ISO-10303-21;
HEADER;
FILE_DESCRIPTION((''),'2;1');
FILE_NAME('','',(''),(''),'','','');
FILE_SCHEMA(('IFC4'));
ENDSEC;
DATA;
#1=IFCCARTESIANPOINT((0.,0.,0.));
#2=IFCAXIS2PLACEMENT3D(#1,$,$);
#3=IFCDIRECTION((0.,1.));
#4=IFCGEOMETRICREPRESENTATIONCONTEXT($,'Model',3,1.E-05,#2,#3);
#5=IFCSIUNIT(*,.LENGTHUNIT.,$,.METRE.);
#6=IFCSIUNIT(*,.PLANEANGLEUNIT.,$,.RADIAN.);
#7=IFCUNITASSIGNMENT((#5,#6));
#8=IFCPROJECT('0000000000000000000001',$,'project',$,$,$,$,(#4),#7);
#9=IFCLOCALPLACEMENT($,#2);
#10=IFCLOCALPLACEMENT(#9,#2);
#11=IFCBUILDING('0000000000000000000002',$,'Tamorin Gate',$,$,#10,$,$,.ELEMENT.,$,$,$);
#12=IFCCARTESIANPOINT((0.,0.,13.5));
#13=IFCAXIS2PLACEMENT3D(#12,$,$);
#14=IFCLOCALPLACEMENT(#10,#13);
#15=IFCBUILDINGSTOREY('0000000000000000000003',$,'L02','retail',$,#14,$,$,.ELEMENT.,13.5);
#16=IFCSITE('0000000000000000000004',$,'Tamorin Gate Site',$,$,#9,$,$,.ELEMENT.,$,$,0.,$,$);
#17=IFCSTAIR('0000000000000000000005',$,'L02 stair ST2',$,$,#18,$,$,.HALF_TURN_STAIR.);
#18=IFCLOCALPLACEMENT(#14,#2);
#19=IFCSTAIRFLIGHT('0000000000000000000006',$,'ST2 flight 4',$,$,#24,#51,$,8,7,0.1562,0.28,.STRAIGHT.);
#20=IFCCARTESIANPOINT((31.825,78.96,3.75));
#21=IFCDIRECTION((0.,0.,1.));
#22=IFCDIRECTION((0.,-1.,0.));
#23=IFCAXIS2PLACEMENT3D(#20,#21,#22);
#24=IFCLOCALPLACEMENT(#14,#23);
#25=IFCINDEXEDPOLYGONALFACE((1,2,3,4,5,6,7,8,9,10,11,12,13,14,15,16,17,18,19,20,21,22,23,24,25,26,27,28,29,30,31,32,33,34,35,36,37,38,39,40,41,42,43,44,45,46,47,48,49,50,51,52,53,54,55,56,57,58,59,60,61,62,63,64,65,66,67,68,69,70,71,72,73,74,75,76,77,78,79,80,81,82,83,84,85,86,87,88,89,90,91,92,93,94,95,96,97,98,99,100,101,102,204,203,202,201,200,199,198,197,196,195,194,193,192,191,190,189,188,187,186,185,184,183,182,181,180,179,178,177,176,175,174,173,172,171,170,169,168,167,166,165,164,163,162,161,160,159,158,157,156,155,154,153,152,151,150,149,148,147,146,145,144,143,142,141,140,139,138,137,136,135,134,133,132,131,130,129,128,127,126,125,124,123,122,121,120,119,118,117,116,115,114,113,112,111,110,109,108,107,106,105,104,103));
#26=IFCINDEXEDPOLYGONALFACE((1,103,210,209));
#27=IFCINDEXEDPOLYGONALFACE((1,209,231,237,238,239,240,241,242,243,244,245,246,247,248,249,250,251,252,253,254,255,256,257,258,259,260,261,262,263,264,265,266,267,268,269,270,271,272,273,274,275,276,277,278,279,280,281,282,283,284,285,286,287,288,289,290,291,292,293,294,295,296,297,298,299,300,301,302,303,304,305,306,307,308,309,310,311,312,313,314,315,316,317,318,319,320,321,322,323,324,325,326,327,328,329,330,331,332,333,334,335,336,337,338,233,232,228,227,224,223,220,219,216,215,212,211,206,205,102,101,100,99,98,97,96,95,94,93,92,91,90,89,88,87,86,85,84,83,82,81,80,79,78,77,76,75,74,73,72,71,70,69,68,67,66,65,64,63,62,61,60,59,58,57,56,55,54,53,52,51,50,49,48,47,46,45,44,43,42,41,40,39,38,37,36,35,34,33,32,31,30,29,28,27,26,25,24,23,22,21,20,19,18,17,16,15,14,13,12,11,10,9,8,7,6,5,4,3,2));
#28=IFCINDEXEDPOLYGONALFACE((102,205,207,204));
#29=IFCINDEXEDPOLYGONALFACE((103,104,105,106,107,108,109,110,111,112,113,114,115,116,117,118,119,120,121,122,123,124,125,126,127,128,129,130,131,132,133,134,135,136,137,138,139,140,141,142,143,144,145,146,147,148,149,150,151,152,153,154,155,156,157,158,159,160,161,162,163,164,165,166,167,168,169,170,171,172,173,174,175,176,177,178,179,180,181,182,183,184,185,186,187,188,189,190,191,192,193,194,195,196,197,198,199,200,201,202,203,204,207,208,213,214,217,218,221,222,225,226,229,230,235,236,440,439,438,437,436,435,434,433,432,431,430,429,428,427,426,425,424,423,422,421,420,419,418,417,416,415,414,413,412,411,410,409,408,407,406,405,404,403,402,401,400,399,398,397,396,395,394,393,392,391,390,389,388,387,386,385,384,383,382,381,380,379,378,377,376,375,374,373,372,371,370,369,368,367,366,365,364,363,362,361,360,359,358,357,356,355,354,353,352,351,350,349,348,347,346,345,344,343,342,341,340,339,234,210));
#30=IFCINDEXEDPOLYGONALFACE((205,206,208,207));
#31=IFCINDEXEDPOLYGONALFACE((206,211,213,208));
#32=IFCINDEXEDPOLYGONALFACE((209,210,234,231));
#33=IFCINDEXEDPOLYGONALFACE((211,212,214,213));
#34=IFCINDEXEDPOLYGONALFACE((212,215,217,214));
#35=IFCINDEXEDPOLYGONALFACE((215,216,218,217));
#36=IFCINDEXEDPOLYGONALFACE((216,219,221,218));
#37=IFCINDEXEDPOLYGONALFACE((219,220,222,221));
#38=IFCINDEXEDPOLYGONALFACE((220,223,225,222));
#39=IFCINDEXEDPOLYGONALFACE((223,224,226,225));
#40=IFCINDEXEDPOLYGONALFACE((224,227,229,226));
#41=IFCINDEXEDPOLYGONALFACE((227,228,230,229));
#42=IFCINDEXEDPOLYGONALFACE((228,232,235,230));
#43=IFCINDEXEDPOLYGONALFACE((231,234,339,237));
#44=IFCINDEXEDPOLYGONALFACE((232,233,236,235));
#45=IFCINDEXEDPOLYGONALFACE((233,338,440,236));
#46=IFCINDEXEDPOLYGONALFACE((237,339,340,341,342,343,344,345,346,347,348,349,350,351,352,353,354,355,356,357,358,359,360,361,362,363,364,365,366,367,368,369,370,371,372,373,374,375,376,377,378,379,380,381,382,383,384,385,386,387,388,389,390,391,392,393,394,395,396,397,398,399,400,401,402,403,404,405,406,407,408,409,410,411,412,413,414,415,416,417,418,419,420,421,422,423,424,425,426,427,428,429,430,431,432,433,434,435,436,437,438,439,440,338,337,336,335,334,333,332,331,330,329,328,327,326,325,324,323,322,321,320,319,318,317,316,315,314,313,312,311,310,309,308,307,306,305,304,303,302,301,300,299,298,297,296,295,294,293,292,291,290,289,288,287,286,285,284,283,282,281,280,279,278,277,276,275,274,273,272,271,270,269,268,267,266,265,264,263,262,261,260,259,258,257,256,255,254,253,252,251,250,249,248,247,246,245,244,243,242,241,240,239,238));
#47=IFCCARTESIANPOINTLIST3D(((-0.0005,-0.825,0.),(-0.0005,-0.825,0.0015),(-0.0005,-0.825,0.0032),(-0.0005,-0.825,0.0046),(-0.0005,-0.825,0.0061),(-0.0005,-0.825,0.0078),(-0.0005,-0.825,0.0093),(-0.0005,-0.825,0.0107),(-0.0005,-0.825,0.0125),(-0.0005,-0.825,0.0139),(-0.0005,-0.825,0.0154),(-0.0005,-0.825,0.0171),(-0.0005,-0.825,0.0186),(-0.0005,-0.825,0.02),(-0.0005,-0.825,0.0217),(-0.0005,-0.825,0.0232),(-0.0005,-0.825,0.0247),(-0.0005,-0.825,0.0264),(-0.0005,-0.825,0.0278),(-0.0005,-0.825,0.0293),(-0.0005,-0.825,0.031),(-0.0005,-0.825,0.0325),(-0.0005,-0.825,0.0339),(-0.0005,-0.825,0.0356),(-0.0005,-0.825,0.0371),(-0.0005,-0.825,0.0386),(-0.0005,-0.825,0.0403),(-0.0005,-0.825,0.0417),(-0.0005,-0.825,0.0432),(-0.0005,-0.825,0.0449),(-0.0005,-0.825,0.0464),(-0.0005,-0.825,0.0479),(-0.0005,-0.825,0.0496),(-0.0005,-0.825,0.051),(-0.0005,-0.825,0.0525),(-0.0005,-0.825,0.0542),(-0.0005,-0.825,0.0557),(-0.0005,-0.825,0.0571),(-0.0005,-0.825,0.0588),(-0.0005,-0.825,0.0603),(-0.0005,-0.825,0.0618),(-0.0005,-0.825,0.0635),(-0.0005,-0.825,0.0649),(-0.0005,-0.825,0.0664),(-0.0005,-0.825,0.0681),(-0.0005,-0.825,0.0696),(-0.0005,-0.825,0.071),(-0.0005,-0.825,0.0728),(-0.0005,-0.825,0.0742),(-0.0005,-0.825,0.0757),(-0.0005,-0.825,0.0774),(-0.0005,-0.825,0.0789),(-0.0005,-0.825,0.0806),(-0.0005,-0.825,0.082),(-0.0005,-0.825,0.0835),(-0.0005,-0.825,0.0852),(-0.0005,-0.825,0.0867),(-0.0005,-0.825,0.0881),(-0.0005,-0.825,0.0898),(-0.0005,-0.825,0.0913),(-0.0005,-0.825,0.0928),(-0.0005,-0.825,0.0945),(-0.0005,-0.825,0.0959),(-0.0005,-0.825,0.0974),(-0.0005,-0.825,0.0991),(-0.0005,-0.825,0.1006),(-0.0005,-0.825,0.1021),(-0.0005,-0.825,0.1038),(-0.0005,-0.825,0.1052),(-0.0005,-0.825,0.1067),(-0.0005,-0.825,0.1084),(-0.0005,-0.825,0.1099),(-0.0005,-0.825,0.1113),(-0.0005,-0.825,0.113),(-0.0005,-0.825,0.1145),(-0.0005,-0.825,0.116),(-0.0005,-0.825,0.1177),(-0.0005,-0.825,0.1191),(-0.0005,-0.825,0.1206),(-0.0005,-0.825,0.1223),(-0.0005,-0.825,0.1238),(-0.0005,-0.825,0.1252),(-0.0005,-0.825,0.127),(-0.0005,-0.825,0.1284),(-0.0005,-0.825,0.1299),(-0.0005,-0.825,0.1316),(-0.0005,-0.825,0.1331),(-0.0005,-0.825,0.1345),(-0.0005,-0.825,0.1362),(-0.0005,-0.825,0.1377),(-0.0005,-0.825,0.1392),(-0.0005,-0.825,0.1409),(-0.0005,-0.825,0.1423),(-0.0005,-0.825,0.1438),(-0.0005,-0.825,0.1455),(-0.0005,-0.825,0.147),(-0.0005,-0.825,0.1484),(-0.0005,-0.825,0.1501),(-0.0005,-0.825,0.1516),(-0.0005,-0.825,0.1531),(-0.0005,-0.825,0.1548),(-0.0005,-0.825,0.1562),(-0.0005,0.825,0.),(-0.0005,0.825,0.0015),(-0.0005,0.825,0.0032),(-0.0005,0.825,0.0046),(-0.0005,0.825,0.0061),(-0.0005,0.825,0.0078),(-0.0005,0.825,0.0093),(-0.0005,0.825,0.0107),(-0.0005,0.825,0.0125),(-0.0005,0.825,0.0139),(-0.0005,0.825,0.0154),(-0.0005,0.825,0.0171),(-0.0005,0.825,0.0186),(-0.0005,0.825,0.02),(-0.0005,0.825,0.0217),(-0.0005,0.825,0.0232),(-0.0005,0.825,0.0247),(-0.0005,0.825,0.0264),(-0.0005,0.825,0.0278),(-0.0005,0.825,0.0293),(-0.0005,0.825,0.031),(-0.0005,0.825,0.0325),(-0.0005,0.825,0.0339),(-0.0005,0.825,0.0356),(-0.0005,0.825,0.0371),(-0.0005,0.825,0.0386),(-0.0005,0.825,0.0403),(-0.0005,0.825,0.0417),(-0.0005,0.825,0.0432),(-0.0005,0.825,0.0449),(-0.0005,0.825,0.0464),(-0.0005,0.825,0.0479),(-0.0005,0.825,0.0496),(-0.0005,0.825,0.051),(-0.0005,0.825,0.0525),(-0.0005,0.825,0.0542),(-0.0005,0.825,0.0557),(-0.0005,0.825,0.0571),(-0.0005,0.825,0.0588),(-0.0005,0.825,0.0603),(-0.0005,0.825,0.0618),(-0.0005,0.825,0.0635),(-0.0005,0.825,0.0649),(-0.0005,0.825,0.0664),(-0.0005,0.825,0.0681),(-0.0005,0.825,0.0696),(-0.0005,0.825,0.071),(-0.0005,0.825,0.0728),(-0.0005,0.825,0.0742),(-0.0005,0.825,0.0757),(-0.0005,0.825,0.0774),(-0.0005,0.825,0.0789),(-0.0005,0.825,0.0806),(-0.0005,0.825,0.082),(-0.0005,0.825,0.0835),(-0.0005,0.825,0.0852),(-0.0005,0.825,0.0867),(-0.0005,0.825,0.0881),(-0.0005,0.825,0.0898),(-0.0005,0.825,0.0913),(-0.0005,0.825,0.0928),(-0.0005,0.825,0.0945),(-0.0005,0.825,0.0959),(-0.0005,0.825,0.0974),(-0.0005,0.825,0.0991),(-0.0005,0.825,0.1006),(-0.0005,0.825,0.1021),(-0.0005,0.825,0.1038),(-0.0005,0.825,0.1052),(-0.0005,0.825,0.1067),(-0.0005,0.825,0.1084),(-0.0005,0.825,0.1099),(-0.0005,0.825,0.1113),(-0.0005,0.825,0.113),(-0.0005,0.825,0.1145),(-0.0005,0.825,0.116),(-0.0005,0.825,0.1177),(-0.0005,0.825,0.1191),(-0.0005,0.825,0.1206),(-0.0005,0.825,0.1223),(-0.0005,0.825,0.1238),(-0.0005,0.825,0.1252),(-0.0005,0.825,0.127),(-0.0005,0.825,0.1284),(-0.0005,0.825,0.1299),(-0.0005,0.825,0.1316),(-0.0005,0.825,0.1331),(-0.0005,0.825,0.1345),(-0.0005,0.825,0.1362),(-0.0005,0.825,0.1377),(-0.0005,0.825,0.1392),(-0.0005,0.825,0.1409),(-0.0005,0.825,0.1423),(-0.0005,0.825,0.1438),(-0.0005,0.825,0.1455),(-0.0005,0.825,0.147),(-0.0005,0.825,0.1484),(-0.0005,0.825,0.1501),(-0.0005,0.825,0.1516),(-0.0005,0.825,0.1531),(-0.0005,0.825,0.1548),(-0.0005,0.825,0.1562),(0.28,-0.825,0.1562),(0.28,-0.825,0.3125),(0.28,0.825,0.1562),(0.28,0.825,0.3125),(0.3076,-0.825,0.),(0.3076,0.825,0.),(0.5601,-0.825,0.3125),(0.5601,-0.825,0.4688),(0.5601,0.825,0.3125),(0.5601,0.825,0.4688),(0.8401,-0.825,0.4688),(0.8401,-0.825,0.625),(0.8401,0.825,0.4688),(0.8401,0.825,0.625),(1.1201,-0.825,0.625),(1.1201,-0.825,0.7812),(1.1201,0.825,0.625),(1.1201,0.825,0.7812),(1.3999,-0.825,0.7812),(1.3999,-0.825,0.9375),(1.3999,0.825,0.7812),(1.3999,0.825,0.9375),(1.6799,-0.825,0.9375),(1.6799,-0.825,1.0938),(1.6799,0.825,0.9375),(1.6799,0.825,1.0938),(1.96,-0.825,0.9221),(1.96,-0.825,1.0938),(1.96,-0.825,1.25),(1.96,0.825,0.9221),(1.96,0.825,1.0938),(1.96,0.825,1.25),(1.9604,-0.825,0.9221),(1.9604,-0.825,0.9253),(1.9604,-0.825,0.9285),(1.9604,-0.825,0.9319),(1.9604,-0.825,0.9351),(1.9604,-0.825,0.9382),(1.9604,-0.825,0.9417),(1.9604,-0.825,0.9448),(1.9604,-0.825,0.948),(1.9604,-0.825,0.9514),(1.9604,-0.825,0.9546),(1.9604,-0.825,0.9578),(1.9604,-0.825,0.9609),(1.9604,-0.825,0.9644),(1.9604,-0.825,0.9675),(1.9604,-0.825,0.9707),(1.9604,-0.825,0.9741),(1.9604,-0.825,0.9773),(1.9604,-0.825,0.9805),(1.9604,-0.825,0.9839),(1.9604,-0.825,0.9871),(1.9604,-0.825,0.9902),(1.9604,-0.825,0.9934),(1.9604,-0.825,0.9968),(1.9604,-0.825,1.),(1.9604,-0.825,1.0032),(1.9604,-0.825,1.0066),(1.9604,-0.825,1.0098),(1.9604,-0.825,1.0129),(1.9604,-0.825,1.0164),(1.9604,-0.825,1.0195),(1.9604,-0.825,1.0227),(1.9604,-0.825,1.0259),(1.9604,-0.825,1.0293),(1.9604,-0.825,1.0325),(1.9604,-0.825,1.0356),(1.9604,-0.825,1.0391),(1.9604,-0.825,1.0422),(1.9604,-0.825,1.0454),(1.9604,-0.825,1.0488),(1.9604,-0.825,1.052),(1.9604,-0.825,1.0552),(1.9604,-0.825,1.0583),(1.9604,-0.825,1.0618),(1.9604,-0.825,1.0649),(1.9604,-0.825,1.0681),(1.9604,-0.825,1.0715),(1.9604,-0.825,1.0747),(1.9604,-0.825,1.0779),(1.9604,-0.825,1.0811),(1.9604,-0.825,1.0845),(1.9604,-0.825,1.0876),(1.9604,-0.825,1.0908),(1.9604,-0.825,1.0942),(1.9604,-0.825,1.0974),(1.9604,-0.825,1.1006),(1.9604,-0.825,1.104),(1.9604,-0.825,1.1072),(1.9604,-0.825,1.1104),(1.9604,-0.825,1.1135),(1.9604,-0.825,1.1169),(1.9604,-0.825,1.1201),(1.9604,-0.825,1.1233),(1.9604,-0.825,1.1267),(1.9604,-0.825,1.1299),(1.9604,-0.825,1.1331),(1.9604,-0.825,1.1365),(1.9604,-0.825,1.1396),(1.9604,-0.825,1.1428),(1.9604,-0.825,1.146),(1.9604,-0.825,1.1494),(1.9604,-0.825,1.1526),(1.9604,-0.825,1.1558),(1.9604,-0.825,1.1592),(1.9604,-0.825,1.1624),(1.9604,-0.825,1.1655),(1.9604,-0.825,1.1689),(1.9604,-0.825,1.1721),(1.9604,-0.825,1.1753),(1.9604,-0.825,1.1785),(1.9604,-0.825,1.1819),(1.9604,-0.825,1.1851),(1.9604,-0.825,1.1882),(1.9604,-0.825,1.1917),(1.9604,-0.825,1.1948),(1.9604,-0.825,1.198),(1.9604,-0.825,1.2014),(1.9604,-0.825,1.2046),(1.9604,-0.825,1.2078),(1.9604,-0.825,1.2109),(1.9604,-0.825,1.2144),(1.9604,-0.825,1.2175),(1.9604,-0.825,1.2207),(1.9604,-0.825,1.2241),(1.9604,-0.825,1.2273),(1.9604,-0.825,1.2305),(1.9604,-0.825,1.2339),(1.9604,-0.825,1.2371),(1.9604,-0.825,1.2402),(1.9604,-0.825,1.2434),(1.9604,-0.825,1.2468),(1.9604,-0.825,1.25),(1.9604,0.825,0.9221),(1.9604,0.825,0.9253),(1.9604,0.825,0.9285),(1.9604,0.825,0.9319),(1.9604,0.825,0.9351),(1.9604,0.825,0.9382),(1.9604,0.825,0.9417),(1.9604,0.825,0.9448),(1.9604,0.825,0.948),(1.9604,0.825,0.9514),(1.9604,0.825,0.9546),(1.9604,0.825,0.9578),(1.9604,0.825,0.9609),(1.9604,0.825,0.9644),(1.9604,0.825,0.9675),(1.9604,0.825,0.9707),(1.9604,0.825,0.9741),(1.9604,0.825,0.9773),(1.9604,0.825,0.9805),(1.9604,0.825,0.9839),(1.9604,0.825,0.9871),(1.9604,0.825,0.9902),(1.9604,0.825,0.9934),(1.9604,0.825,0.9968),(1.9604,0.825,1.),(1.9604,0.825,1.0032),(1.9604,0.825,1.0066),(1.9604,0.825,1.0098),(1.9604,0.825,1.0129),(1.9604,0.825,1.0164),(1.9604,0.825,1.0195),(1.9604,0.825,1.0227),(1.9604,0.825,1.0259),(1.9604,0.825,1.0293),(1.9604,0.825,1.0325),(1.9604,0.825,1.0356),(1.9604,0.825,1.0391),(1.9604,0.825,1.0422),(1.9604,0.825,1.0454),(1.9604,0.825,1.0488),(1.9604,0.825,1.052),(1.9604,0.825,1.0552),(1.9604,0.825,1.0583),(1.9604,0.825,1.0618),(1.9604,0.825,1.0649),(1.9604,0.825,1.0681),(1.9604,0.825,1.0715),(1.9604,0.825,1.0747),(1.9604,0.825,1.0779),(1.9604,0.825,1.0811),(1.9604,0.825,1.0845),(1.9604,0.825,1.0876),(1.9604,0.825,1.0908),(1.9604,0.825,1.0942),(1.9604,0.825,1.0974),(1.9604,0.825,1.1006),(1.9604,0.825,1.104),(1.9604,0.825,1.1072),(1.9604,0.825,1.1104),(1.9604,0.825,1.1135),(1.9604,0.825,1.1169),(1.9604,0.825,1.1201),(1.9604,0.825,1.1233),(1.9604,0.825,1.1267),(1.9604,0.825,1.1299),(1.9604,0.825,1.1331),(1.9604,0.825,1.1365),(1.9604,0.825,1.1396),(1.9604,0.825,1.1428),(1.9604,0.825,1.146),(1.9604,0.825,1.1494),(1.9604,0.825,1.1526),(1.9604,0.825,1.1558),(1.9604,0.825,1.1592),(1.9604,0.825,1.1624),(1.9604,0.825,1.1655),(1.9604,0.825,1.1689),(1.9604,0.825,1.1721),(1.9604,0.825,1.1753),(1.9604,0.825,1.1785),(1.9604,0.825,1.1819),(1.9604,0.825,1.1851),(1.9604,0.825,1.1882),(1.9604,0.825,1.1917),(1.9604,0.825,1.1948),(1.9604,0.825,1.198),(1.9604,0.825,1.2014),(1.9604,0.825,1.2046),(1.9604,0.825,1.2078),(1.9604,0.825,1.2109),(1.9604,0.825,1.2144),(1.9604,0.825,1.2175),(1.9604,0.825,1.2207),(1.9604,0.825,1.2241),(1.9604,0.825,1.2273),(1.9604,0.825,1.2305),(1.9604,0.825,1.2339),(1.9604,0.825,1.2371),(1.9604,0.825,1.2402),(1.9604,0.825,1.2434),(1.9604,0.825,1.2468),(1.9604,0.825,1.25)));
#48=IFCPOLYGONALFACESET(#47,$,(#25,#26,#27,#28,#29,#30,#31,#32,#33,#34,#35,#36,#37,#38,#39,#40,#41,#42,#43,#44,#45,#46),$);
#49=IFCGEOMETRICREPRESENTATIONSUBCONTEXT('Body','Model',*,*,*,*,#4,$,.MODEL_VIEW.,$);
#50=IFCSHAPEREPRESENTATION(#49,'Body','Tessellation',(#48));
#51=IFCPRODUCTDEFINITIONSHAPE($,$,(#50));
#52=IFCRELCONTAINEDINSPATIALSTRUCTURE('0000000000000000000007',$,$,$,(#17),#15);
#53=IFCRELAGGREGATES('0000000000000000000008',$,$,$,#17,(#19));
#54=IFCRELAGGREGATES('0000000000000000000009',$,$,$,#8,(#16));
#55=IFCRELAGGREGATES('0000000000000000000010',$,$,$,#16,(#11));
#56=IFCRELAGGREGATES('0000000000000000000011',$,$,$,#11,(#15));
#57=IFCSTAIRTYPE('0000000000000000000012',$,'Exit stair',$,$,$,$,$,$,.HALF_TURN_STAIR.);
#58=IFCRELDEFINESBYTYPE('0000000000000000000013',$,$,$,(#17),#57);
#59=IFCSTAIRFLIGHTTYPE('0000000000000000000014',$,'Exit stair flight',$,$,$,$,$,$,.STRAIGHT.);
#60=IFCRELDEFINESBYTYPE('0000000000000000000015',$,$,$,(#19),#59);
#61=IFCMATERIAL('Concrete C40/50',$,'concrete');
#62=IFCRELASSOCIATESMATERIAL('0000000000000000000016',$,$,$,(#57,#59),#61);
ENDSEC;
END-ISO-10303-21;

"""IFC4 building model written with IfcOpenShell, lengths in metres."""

from ifc_helpers import new_model, si_unit, direction, frame, origin, place, context, subcontext, project, spatial, polyline, outline, extrude, material, type_object, element, aggregate, save


model = new_model("IFC4")

# Units and contexts
model_context = context("Model", 3, precision=1e-05, world=origin(), true_north=direction((0.0, 1.0)))
body_context = subcontext(model_context, "Body", "Model", "MODEL_VIEW")
ifc_project = project(units=[si_unit("LENGTHUNIT", "METRE"), si_unit("PLANEANGLEUNIT", "RADIAN")], contexts=[model_context])

# Site, building, storey
site_placement = place(None, origin())
site = spatial("IfcSite", under=ifc_project, at=site_placement, Name="Tamorin Gate Site", CompositionType="ELEMENT", RefElevation=0.0)
building_placement = place(site_placement, origin())
building = spatial("IfcBuilding", under=site, at=building_placement, Name="Tamorin Gate", CompositionType="ELEMENT")
storey_placement = place(building_placement, frame((0.0, 0.0, 13.5)))
storey = spatial("IfcBuildingStorey", under=building, at=storey_placement, Name="L02", Description="retail", CompositionType="ELEMENT", Elevation=13.5)

# Stair, stair flight
ifc_material_1 = material(Name="Concrete C40/50", Category="concrete")
stair_type = type_object("IfcStairType", Name="Exit stair", PredefinedType="HALF_TURN_STAIR", material=ifc_material_1)
stair_placement = place(storey_placement, origin())
stair = element("IfcStair", 1, at=stair_placement, inside=storey, type_object=stair_type, Name="L02 stair ST2", PredefinedType="HALF_TURN_STAIR")
stair_flight_type = type_object("IfcStairFlightType", Name="Exit stair flight", PredefinedType="STRAIGHT", material=ifc_material_1)
stair_flight_1_placement = place(storey_placement, frame((31.825, 78.96, 3.75), z_axis=(0.0, 0.0, 1.0), x_axis=(0.0, -1.0, 0.0)))
stair_flight_1 = element("IfcStairFlight", 2, at=stair_flight_1_placement, type_object=stair_flight_type, Name="ST2 flight 4", NumberOfRisers=8, NumberOfTreads=7, PredefinedType="STRAIGHT", RiserHeight=0.1562, TreadLength=0.28, context=body_context, shape_type="SweptSolid", body=[
    extrude(outline(polyline([(-0.0005, 0.0), (-0.0005, 0.0015), (-0.0005, 0.0032), (-0.0005, 0.0046), (-0.0005, 0.0061), (-0.0005, 0.0078), (-0.0005, 0.0093), (-0.0005, 0.0107), (-0.0005, 0.0125), (-0.0005, 0.0139), (-0.0005, 0.0154), (-0.0005, 0.0171), (-0.0005, 0.0186), (-0.0005, 0.02), (-0.0005, 0.0217), (-0.0005, 0.0232), (-0.0005, 0.0247), (-0.0005, 0.0264), (-0.0005, 0.0278), (-0.0005, 0.0293), (-0.0005, 0.031), (-0.0005, 0.0325), (-0.0005, 0.0339), (-0.0005, 0.0356), (-0.0005, 0.0371), (-0.0005, 0.0386), (-0.0005, 0.0403), (-0.0005, 0.0417), (-0.0005, 0.0432), (-0.0005, 0.0449), (-0.0005, 0.0464), (-0.0005, 0.0479), (-0.0005, 0.0496), (-0.0005, 0.051), (-0.0005, 0.0525), (-0.0005, 0.0542), (-0.0005, 0.0557), (-0.0005, 0.0571), (-0.0005, 0.0588), (-0.0005, 0.0603), (-0.0005, 0.0618), (-0.0005, 0.0635), (-0.0005, 0.0649), (-0.0005, 0.0664), (-0.0005, 0.0681), (-0.0005, 0.0696), (-0.0005, 0.071), (-0.0005, 0.0728), (-0.0005, 0.0742), (-0.0005, 0.0757), (-0.0005, 0.0774), (-0.0005, 0.0789), (-0.0005, 0.0806), (-0.0005, 0.082), (-0.0005, 0.0835), (-0.0005, 0.0852), (-0.0005, 0.0867), (-0.0005, 0.0881), (-0.0005, 0.0898), (-0.0005, 0.0913), (-0.0005, 0.0928), (-0.0005, 0.0945), (-0.0005, 0.0959), (-0.0005, 0.0974), (-0.0005, 0.0991), (-0.0005, 0.1006), (-0.0005, 0.1021), (-0.0005, 0.1038), (-0.0005, 0.1052), (-0.0005, 0.1067), (-0.0005, 0.1084), (-0.0005, 0.1099), (-0.0005, 0.1113), (-0.0005, 0.113), (-0.0005, 0.1145), (-0.0005, 0.116), (-0.0005, 0.1177), (-0.0005, 0.1191), (-0.0005, 0.1206), (-0.0005, 0.1223), (-0.0005, 0.1238), (-0.0005, 0.1252), (-0.0005, 0.127), (-0.0005, 0.1284), (-0.0005, 0.1299), (-0.0005, 0.1316), (-0.0005, 0.1331), (-0.0005, 0.1345), (-0.0005, 0.1362), (-0.0005, 0.1377), (-0.0005, 0.1392), (-0.0005, 0.1409), (-0.0005, 0.1423), (-0.0005, 0.1438), (-0.0005, 0.1455), (-0.0005, 0.147), (-0.0005, 0.1484), (-0.0005, 0.1501), (-0.0005, 0.1516), (-0.0005, 0.1531), (-0.0005, 0.1548), (-0.0005, 0.1562), (0.28, 0.1562), (0.28, 0.3125), (0.5601, 0.3125), (0.5601, 0.4688), (0.8401, 0.4688), (0.8401, 0.625), (1.1201, 0.625), (1.1201, 0.7812), (1.3999, 0.7812), (1.3999, 0.9375), (1.6799, 0.9375), (1.6799, 1.0938), (1.96, 1.0938), (1.96, 1.25), (1.9604, 1.25), (1.9604, 1.2468), (1.9604, 1.2434), (1.9604, 1.2402), (1.9604, 1.2371), (1.9604, 1.2339), (1.9604, 1.2305), (1.9604, 1.2273), (1.9604, 1.2241), (1.9604, 1.2207), (1.9604, 1.2175), (1.9604, 1.2144), (1.9604, 1.2109), (1.9604, 1.2078), (1.9604, 1.2046), (1.9604, 1.2014), (1.9604, 1.198), (1.9604, 1.1948), (1.9604, 1.1917), (1.9604, 1.1882), (1.9604, 1.1851), (1.9604, 1.1819), (1.9604, 1.1785), (1.9604, 1.1753), (1.9604, 1.1721), (1.9604, 1.1689), (1.9604, 1.1655), (1.9604, 1.1624), (1.9604, 1.1592), (1.9604, 1.1558), (1.9604, 1.1526), (1.9604, 1.1494), (1.9604, 1.146), (1.9604, 1.1428), (1.9604, 1.1396), (1.9604, 1.1365), (1.9604, 1.1331), (1.9604, 1.1299), (1.9604, 1.1267), (1.9604, 1.1233), (1.9604, 1.1201), (1.9604, 1.1169), (1.9604, 1.1135), (1.9604, 1.1104), (1.9604, 1.1072), (1.9604, 1.104), (1.9604, 1.1006), (1.9604, 1.0974), (1.9604, 1.0942), (1.9604, 1.0908), (1.9604, 1.0876), (1.9604, 1.0845), (1.9604, 1.0811), (1.9604, 1.0779), (1.9604, 1.0747), (1.9604, 1.0715), (1.9604, 1.0681), (1.9604, 1.0649), (1.9604, 1.0618), (1.9604, 1.0583), (1.9604, 1.0552), (1.9604, 1.052), (1.9604, 1.0488), (1.9604, 1.0454), (1.9604, 1.0422), (1.9604, 1.0391), (1.9604, 1.0356), (1.9604, 1.0325), (1.9604, 1.0293), (1.9604, 1.0259), (1.9604, 1.0227), (1.9604, 1.0195), (1.9604, 1.0164), (1.9604, 1.0129), (1.9604, 1.0098), (1.9604, 1.0066), (1.9604, 1.0032), (1.9604, 1.0), (1.9604, 0.9968), (1.9604, 0.9934), (1.9604, 0.9902), (1.9604, 0.9871), (1.9604, 0.9839), (1.9604, 0.9805), (1.9604, 0.9773), (1.9604, 0.9741), (1.9604, 0.9707), (1.9604, 0.9675), (1.9604, 0.9644), (1.9604, 0.9609), (1.9604, 0.9578), (1.9604, 0.9546), (1.9604, 0.9514), (1.9604, 0.948), (1.9604, 0.9448), (1.9604, 0.9417), (1.9604, 0.9382), (1.9604, 0.9351), (1.9604, 0.9319), (1.9604, 0.9285), (1.9604, 0.9253), (1.9604, 0.9221), (1.96, 0.9221), (0.3076, 0.0), (-0.0005, 0.0)])), frame((0.0, 0.825, 0.0), z_axis=(0.0, -1.0, 0.0), x_axis=(1.0, 0.0, 0.0)), (0.0, 0.0, 1.0), 1.6499),
])
aggregate(stair, [stair_flight_1])

save(model, "model.ifc")
